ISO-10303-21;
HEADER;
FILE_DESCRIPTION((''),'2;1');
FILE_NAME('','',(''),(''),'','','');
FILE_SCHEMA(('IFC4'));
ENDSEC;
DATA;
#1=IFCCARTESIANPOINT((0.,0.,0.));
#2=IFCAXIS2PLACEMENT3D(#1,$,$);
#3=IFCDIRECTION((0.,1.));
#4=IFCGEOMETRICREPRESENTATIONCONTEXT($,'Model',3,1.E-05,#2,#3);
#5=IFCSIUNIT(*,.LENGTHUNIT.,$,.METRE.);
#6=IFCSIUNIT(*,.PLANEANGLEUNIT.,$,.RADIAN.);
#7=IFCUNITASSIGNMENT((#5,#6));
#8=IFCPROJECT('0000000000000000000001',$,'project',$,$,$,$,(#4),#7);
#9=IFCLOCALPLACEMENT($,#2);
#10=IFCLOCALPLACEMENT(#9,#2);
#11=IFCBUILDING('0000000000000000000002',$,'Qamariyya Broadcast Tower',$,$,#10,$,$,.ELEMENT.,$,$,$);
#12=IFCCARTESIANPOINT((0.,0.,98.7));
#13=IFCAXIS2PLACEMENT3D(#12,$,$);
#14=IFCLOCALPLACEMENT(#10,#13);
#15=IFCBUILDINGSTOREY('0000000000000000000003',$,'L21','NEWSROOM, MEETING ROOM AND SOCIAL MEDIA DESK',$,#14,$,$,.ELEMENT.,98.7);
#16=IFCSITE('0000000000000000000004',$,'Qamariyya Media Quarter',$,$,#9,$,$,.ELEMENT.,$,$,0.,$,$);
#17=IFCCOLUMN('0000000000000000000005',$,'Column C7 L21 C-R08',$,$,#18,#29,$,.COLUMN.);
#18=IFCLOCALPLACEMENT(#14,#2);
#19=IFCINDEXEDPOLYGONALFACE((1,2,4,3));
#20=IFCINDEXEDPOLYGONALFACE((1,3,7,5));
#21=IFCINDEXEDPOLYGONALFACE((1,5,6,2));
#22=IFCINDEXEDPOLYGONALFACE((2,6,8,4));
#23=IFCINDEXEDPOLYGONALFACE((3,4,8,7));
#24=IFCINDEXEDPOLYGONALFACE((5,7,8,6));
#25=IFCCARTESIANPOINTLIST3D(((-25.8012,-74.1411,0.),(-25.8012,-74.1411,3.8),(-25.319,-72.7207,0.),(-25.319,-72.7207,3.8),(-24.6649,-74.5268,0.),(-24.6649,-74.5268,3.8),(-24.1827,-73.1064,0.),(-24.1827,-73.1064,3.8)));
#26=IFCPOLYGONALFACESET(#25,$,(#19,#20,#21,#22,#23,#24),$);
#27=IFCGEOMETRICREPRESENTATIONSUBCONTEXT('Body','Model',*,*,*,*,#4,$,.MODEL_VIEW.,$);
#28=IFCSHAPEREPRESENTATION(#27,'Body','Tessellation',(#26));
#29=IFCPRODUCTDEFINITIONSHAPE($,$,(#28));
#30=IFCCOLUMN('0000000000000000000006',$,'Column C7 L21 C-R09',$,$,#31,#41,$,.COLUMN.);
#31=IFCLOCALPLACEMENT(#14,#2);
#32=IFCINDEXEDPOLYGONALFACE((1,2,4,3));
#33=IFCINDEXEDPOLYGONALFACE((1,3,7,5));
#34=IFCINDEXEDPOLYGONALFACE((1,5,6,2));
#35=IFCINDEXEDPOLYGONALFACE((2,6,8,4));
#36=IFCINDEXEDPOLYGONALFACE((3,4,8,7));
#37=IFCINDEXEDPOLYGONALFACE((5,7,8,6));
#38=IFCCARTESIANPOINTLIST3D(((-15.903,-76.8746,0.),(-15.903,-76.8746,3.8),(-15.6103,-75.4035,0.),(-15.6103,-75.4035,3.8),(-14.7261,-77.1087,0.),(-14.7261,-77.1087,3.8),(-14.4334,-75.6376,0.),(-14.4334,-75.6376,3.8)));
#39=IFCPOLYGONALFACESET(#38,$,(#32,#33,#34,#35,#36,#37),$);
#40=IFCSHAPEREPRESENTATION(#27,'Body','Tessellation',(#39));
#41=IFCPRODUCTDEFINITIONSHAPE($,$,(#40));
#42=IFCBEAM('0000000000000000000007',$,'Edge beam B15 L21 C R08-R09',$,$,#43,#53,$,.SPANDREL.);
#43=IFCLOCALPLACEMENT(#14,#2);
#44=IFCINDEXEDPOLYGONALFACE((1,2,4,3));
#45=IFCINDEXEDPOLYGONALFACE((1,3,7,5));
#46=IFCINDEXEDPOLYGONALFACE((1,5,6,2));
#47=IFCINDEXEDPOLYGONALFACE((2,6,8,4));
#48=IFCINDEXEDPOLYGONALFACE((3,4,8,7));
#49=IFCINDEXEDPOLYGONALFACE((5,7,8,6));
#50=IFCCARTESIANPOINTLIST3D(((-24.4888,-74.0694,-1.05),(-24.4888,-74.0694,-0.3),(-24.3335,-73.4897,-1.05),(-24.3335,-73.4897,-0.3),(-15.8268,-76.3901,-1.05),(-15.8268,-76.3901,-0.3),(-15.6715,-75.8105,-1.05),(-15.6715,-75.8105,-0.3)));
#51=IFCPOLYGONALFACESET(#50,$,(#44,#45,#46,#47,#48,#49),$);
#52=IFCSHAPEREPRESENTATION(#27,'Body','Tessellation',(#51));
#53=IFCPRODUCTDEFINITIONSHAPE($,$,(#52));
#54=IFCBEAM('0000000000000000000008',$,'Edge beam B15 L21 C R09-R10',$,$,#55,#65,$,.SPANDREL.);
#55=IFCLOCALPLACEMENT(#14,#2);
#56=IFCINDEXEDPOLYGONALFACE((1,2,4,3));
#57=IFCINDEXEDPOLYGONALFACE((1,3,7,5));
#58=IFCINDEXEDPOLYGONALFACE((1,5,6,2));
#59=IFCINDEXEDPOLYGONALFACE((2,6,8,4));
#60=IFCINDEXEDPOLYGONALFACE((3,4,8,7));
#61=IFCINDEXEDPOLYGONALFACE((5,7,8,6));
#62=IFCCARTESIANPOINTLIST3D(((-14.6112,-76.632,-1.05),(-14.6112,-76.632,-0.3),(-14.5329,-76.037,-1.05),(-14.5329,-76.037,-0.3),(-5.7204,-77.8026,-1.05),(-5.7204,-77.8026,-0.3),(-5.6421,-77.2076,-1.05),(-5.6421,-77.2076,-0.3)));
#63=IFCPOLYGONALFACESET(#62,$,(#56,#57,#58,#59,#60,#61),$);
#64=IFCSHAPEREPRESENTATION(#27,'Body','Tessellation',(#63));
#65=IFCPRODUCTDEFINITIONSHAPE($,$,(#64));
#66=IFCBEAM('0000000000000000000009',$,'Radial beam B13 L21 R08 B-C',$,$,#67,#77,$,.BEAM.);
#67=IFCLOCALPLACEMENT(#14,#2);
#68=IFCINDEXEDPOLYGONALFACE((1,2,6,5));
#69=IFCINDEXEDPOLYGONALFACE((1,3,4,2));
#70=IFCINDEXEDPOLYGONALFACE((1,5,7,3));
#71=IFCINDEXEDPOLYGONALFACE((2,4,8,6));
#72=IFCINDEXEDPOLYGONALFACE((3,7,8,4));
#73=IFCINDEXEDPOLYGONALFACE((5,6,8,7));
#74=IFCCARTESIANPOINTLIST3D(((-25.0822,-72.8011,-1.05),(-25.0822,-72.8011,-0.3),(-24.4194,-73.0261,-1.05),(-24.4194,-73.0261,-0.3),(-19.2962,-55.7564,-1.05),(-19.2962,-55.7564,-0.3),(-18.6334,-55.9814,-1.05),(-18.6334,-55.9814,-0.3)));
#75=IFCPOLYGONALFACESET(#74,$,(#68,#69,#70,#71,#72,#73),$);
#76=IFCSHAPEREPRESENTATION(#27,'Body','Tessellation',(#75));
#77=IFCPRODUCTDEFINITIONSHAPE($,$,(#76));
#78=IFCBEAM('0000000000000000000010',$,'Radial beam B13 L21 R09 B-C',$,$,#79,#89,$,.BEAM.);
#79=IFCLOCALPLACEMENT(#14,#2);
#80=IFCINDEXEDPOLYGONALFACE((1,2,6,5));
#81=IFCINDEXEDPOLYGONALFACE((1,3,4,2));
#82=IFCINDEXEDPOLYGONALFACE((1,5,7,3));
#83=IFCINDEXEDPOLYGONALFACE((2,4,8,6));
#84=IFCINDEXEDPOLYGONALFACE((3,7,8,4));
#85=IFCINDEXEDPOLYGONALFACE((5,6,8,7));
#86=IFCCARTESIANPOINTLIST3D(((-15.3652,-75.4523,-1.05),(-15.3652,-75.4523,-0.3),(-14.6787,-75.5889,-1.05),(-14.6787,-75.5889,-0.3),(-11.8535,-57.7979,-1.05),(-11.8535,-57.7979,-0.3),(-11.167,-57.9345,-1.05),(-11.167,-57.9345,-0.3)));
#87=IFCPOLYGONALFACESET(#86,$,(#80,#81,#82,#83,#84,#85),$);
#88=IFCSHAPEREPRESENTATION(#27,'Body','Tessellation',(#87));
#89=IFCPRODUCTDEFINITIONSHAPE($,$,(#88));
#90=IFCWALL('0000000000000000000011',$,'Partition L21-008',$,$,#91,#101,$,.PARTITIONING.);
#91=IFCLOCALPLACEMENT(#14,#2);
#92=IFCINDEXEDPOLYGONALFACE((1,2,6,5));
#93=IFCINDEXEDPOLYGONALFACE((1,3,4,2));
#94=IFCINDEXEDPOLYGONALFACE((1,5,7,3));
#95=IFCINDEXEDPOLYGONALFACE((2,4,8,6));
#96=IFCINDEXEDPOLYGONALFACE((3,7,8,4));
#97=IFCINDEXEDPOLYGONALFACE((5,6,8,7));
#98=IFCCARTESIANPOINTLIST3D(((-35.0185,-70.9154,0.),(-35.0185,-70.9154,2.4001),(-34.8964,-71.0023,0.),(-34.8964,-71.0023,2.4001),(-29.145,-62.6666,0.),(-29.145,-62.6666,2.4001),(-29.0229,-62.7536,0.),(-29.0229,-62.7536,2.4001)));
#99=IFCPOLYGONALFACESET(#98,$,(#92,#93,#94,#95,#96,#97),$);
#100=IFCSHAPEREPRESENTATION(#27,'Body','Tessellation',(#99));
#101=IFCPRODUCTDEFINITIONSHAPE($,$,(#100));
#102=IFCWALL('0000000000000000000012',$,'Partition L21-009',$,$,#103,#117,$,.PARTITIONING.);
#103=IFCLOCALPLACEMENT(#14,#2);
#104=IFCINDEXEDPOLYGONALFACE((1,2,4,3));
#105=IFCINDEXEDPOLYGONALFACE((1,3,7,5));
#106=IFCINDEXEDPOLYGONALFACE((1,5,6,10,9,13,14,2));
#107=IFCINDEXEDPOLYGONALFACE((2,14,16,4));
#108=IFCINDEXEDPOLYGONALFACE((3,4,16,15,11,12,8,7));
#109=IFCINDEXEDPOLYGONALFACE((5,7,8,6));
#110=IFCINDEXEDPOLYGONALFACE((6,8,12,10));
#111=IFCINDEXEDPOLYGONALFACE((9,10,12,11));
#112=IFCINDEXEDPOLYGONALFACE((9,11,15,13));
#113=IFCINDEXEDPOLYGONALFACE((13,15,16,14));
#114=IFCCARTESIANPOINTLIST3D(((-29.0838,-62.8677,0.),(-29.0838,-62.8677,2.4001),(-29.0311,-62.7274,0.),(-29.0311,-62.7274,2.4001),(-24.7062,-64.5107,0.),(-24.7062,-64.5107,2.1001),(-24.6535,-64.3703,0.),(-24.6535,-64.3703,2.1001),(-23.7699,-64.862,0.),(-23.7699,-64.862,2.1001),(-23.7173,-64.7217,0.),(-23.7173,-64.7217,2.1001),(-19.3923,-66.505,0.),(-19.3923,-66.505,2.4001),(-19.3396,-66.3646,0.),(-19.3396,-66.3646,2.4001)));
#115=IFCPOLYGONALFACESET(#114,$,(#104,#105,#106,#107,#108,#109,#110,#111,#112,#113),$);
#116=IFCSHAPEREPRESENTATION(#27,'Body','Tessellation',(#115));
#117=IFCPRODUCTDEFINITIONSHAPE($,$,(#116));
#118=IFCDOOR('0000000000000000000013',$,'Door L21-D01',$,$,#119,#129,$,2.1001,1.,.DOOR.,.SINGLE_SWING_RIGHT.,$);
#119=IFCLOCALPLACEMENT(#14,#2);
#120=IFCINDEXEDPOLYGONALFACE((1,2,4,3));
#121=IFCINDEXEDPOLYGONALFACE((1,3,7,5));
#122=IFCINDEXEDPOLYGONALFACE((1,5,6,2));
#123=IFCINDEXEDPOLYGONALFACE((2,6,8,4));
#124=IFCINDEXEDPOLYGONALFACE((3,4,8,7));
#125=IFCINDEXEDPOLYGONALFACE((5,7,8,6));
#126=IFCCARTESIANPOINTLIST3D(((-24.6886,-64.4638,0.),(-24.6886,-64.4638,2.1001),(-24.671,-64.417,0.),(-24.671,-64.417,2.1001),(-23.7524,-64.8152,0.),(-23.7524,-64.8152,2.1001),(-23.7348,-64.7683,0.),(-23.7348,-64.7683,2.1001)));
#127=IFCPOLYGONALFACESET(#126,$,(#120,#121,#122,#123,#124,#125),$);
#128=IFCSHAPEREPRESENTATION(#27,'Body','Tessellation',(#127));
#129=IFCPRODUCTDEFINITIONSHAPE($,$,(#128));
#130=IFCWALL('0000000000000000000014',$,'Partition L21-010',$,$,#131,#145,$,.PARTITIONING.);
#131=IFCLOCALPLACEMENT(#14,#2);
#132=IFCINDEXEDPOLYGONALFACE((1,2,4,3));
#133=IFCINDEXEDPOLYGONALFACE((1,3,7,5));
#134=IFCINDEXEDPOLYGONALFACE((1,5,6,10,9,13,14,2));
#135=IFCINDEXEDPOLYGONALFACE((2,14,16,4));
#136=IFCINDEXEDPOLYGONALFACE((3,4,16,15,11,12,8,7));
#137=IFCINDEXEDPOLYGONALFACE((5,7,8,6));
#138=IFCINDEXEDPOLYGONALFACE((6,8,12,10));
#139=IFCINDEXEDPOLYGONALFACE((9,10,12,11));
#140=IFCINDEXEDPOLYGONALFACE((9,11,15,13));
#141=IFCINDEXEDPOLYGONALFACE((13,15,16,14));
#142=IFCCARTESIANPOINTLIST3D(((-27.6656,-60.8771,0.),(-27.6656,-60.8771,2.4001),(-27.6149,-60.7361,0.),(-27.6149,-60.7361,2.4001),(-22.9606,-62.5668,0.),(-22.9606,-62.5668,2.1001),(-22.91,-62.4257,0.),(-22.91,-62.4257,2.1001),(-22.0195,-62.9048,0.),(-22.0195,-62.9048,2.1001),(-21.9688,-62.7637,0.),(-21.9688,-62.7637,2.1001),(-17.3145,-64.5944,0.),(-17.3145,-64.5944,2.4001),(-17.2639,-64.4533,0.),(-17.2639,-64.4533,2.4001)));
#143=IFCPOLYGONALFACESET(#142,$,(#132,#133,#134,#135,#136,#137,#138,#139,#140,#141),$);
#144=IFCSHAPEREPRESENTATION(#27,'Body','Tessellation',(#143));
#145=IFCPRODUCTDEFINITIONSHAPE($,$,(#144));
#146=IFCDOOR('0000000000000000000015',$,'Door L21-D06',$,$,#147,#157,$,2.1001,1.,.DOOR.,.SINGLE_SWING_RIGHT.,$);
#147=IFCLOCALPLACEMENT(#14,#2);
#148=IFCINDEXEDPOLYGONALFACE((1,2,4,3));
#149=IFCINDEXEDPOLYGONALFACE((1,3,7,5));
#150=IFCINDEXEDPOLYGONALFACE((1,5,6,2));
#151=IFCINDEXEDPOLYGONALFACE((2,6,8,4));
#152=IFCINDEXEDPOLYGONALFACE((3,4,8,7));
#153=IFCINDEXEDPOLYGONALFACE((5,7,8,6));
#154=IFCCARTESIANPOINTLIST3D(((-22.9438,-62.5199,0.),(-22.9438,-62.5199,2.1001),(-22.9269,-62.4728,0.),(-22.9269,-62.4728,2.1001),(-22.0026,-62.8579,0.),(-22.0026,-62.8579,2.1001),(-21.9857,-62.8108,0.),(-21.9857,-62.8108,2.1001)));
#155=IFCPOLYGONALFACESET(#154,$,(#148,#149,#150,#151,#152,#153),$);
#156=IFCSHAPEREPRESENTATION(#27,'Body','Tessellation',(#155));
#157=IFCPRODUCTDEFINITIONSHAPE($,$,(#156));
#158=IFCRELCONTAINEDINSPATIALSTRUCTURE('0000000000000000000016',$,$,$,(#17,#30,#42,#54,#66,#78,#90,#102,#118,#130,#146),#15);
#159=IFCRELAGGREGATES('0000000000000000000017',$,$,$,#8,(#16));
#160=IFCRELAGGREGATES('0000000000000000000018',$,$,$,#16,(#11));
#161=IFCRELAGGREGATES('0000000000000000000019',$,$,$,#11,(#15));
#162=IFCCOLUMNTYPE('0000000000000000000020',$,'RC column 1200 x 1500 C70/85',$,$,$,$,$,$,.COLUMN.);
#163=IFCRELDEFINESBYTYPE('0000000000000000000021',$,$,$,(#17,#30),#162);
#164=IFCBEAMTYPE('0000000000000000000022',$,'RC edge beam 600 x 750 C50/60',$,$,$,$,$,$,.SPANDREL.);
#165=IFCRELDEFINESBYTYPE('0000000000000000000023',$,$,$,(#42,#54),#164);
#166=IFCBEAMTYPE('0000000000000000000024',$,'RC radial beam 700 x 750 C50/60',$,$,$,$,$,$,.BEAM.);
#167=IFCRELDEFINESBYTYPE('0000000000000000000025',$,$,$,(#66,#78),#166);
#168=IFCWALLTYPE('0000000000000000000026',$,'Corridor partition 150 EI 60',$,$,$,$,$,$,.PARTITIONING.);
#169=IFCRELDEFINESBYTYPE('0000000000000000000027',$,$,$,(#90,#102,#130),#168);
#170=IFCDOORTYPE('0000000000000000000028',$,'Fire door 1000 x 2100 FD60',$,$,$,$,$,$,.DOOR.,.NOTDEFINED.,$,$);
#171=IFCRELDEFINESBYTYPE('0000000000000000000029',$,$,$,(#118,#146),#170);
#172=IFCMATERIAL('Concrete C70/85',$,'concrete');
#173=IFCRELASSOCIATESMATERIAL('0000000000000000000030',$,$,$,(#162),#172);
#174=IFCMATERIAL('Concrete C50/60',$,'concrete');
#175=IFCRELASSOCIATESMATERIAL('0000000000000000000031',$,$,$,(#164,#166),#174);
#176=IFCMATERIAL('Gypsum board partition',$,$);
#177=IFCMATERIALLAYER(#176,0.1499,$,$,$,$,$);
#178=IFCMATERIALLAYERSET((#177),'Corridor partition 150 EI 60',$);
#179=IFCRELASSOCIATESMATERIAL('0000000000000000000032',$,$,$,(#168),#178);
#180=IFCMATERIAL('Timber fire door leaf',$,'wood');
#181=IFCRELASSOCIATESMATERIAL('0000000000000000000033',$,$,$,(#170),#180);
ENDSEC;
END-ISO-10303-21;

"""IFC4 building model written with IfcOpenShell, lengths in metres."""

from ifc_helpers import new_model, si_unit, direction, frame, frame_2d, origin, origin_2d, place, context, subcontext, project, spatial, rectangle, extrude, material, layer, layer_set, material_profile, profile_set, type_object, element, fill, save


model = new_model("IFC4")

# Units and contexts
model_context = context("Model", 3, precision=1e-05, world=origin(), true_north=direction((0.0, 1.0)))
body_context = subcontext(model_context, "Body", "Model", "MODEL_VIEW")
ifc_project = project(units=[si_unit("LENGTHUNIT", "METRE"), si_unit("PLANEANGLEUNIT", "RADIAN")], contexts=[model_context])

# Site, building, storey
site_placement = place(None, origin())
site = spatial("IfcSite", under=ifc_project, at=site_placement, Name="Qamariyya Media Quarter", CompositionType="ELEMENT", RefElevation=0.0)
building_placement = place(site_placement, origin())
building = spatial("IfcBuilding", under=site, at=building_placement, Name="Qamariyya Broadcast Tower", CompositionType="ELEMENT")
storey_placement = place(building_placement, frame((0.0, 0.0, 98.7)))
storey = spatial("IfcBuildingStorey", under=building, at=storey_placement, Name="L21", Description="NEWSROOM, MEETING ROOM AND SOCIAL MEDIA DESK", CompositionType="ELEMENT", Elevation=98.7)

# Columns
ifc_material_1 = material(Name="Concrete C70/85", Category="concrete")
ifc_material_profile_1 = material_profile(ifc_material_1, rectangle(XDim=1.2, YDim=1.5, at=origin_2d()))
ifc_profile_set_1 = profile_set([ifc_material_profile_1], Name="Concrete C70/85")
column_type = type_object("IfcColumnType", Name="RC column 1200 x 1500 C70/85", PredefinedType="COLUMN", material=ifc_profile_set_1)
for number, where, z_axis, x_axis, name in (
    (1, (-24.9919, -73.6238, 0.0), (0.0, 0.0, 1.0), (0.94693, -0.321439, 0.0), "Column C7 L21 C-R08"),
    (2, (-15.1682, -76.2561, 0.0), (0.0, 0.0, 1.0), (0.980785, -0.19509, 0.0), "Column C7 L21 C-R09"),
):
    element("IfcColumn", number, at=place(storey_placement, frame(where, z_axis=z_axis, x_axis=x_axis)), inside=storey, type_object=column_type, Name=name, PredefinedType="COLUMN", context=body_context, shape_type="SweptSolid", body=[
        extrude(rectangle(XDim=1.2, YDim=1.5, at=origin_2d()), origin(), (0.0, 0.0, 1.0), 3.8),
    ])

# Beams
ifc_material_2 = material(Name="Concrete C50/60", Category="concrete")
ifc_material_profile_2 = material_profile(ifc_material_2, rectangle(XDim=0.6001, YDim=0.75, at=origin_2d()))
ifc_profile_set_2 = profile_set([ifc_material_profile_2], Name="Concrete C50/60")
beam_type_1 = type_object("IfcBeamType", Name="RC edge beam 600 x 750 C50/60", PredefinedType="SPANDREL", material=ifc_profile_set_2)
for number, where, z_axis, x_axis, name in (
    (3, (-24.4111, -73.7795, -0.675), (0.965932, -0.258798, 0.0), (0.258798, 0.965932, 0.0), "Edge beam B15 L21 C R08-R09"),
    (4, (-14.572, -76.3345, -0.675), (0.991443, -0.130543, 0.0), (0.130543, 0.991443, 0.0), "Edge beam B15 L21 C R09-R10"),
):
    element("IfcBeam", number, at=place(storey_placement, frame(where, z_axis=z_axis, x_axis=x_axis)), inside=storey, type_object=beam_type_1, Name=name, PredefinedType="SPANDREL", context=body_context, shape_type="SweptSolid", body=[
        extrude(rectangle(XDim=0.6001, YDim=0.75, at=origin_2d()), origin(), (0.0, 0.0, 1.0), 8.9675),
    ])
ifc_material_profile_3 = material_profile(ifc_material_2, rectangle(XDim=0.7, YDim=0.75, at=origin_2d()))
ifc_profile_set_3 = profile_set([ifc_material_profile_3], Name="Concrete C50/60")
beam_type_2 = type_object("IfcBeamType", Name="RC radial beam 700 x 750 C50/60", PredefinedType="BEAM", material=ifc_profile_set_3)
beam_1_placement = place(storey_placement, frame((-18.9648, -55.8689, -0.675), z_axis=(-0.321439, -0.94693, 0.0), x_axis=(0.94693, -0.321439, 0.0)))
element("IfcBeam", 5, at=beam_1_placement, inside=storey, type_object=beam_type_2, Name="Radial beam B13 L21 R08 B-C", PredefinedType="BEAM", context=body_context, shape_type="SweptSolid", body=[
    extrude(rectangle(XDim=0.7, YDim=0.75, at=origin_2d()), origin(), (0.0, 0.0, 1.0), 18.0),
])
beam_2_placement = place(storey_placement, frame((-11.5103, -57.8662, -0.675), z_axis=(-0.195094, -0.980785, 0.0), x_axis=(0.980785, -0.195094, 0.0)))
element("IfcBeam", 6, at=beam_2_placement, inside=storey, type_object=beam_type_2, Name="Radial beam B13 L21 R09 B-C", PredefinedType="BEAM", context=body_context, shape_type="SweptSolid", body=[
    extrude(rectangle(XDim=0.7, YDim=0.75, at=origin_2d()), origin(), (0.0, 0.0, 1.0), 18.0002),
])

# Wall
ifc_material_3 = material(Name="Gypsum board partition")
ifc_layer_1 = layer(ifc_material_3, 0.1499)
ifc_layer_set_1 = layer_set([ifc_layer_1], Name="Corridor partition 150 EI 60")
wall_type_1 = type_object("IfcWallType", Name="Corridor partition 150 EI 60", PredefinedType="PARTITIONING", material=ifc_layer_set_1)
wall_1_placement = place(storey_placement, frame((-29.084, -62.7102, 0.0), z_axis=(0.0, 0.0, 1.0), x_axis=(-0.580031, -0.814594, 0.0)))
element("IfcWall", 7, at=wall_1_placement, inside=storey, type_object=wall_type_1, Name="Partition L21-008", PredefinedType="PARTITIONING", context=body_context, shape_type="SweptSolid", body=[
    extrude(rectangle(XDim=10.1262, YDim=0.1499, at=frame_2d((5.063, 0.0))), origin(), (0.0, 0.0, 1.0), 2.4001),
])

# Walls, openings, doors
wall_2_placement = place(storey_placement, frame((-19.366, -66.4348, 0.0), z_axis=(0.0, 0.0, 1.0), x_axis=(-0.936236, 0.351372, 0.0)))
wall_2 = element("IfcWall", 8, at=wall_2_placement, inside=storey, type_object=wall_type_1, Name="Partition L21-009", PredefinedType="PARTITIONING", context=body_context, shape_type="SweptSolid", body=[
    extrude(rectangle(XDim=10.3516, YDim=0.1499, at=frame_2d((5.1758, 0.0))), origin(), (0.0, 0.0, 1.0), 2.4001),
])
opening_1_placement = place(wall_2_placement, frame((4.6758, 0.0, 0.0)))
opening_1 = element("IfcOpeningElement", 9, at=opening_1_placement, cuts=wall_2, PredefinedType="OPENING", context=body_context, shape_type="SweptSolid", body=[
    extrude(rectangle(XDim=1.0, YDim=2.1001, at=frame_2d((0.5, 1.05))), frame((0.0, 0.085, 0.0), z_axis=(0.0, -1.0, 0.0), x_axis=(1.0, 0.0, 0.0)), (0.0, 0.0, 1.0), 0.1699),
])
ifc_material_4 = material(Name="Timber fire door leaf", Category="wood")
door_type_1 = type_object("IfcDoorType", Name="Fire door 1000 x 2100 FD60", OperationType="NOTDEFINED", PredefinedType="DOOR", material=ifc_material_4)
door_1_placement = place(opening_1_placement, origin())
door_1 = element("IfcDoor", 10, at=door_1_placement, inside=storey, type_object=door_type_1, Name="Door L21-D01", OperationType="SINGLE_SWING_RIGHT", OverallHeight=2.1001, OverallWidth=1.0, PredefinedType="DOOR", context=body_context, shape_type="SweptSolid", body=[
    extrude(rectangle(XDim=1.0, YDim=2.1001, at=frame_2d((0.5, 1.05))), frame((0.0, 0.0249, 0.0), z_axis=(0.0, -1.0, 0.0), x_axis=(1.0, 0.0, 0.0)), (0.0, 0.0, 1.0), 0.05),
])
fill(opening_1, door_1)
wall_3_placement = place(storey_placement, frame((-27.6401, -60.8066, 0.0), z_axis=(0.0, 0.0, 1.0), x_axis=(0.941151, -0.337987, 0.0)))
wall_3 = element("IfcWall", 11, at=wall_3_placement, inside=storey, type_object=wall_type_1, Name="Partition L21-010", PredefinedType="PARTITIONING", context=body_context, shape_type="SweptSolid", body=[
    extrude(rectangle(XDim=10.9983, YDim=0.1499, at=frame_2d((5.499, 0.0))), origin(), (0.0, 0.0, 1.0), 2.4001),
])
opening_2_placement = place(wall_3_placement, frame((4.999, 0.0, 0.0)))
opening_2 = element("IfcOpeningElement", 12, at=opening_2_placement, cuts=wall_3, PredefinedType="OPENING", context=body_context, shape_type="SweptSolid", body=[
    extrude(rectangle(XDim=1.0, YDim=2.1001, at=frame_2d((0.5, 1.05))), frame((0.0, 0.085, 0.0), z_axis=(0.0, -1.0, 0.0), x_axis=(1.0, 0.0, 0.0)), (0.0, 0.0, 1.0), 0.1699),
])
door_2_placement = place(opening_2_placement, origin())
door_2 = element("IfcDoor", 13, at=door_2_placement, inside=storey, type_object=door_type_1, Name="Door L21-D06", OperationType="SINGLE_SWING_RIGHT", OverallHeight=2.1001, OverallWidth=1.0, PredefinedType="DOOR", context=body_context, shape_type="SweptSolid", body=[
    extrude(rectangle(XDim=1.0, YDim=2.1001, at=frame_2d((0.5, 1.05))), frame((0.0, 0.0249, 0.0), z_axis=(0.0, -1.0, 0.0), x_axis=(1.0, 0.0, 0.0)), (0.0, 0.0, 1.0), 0.05),
])
fill(opening_2, door_2)

save(model, "model.ifc")
